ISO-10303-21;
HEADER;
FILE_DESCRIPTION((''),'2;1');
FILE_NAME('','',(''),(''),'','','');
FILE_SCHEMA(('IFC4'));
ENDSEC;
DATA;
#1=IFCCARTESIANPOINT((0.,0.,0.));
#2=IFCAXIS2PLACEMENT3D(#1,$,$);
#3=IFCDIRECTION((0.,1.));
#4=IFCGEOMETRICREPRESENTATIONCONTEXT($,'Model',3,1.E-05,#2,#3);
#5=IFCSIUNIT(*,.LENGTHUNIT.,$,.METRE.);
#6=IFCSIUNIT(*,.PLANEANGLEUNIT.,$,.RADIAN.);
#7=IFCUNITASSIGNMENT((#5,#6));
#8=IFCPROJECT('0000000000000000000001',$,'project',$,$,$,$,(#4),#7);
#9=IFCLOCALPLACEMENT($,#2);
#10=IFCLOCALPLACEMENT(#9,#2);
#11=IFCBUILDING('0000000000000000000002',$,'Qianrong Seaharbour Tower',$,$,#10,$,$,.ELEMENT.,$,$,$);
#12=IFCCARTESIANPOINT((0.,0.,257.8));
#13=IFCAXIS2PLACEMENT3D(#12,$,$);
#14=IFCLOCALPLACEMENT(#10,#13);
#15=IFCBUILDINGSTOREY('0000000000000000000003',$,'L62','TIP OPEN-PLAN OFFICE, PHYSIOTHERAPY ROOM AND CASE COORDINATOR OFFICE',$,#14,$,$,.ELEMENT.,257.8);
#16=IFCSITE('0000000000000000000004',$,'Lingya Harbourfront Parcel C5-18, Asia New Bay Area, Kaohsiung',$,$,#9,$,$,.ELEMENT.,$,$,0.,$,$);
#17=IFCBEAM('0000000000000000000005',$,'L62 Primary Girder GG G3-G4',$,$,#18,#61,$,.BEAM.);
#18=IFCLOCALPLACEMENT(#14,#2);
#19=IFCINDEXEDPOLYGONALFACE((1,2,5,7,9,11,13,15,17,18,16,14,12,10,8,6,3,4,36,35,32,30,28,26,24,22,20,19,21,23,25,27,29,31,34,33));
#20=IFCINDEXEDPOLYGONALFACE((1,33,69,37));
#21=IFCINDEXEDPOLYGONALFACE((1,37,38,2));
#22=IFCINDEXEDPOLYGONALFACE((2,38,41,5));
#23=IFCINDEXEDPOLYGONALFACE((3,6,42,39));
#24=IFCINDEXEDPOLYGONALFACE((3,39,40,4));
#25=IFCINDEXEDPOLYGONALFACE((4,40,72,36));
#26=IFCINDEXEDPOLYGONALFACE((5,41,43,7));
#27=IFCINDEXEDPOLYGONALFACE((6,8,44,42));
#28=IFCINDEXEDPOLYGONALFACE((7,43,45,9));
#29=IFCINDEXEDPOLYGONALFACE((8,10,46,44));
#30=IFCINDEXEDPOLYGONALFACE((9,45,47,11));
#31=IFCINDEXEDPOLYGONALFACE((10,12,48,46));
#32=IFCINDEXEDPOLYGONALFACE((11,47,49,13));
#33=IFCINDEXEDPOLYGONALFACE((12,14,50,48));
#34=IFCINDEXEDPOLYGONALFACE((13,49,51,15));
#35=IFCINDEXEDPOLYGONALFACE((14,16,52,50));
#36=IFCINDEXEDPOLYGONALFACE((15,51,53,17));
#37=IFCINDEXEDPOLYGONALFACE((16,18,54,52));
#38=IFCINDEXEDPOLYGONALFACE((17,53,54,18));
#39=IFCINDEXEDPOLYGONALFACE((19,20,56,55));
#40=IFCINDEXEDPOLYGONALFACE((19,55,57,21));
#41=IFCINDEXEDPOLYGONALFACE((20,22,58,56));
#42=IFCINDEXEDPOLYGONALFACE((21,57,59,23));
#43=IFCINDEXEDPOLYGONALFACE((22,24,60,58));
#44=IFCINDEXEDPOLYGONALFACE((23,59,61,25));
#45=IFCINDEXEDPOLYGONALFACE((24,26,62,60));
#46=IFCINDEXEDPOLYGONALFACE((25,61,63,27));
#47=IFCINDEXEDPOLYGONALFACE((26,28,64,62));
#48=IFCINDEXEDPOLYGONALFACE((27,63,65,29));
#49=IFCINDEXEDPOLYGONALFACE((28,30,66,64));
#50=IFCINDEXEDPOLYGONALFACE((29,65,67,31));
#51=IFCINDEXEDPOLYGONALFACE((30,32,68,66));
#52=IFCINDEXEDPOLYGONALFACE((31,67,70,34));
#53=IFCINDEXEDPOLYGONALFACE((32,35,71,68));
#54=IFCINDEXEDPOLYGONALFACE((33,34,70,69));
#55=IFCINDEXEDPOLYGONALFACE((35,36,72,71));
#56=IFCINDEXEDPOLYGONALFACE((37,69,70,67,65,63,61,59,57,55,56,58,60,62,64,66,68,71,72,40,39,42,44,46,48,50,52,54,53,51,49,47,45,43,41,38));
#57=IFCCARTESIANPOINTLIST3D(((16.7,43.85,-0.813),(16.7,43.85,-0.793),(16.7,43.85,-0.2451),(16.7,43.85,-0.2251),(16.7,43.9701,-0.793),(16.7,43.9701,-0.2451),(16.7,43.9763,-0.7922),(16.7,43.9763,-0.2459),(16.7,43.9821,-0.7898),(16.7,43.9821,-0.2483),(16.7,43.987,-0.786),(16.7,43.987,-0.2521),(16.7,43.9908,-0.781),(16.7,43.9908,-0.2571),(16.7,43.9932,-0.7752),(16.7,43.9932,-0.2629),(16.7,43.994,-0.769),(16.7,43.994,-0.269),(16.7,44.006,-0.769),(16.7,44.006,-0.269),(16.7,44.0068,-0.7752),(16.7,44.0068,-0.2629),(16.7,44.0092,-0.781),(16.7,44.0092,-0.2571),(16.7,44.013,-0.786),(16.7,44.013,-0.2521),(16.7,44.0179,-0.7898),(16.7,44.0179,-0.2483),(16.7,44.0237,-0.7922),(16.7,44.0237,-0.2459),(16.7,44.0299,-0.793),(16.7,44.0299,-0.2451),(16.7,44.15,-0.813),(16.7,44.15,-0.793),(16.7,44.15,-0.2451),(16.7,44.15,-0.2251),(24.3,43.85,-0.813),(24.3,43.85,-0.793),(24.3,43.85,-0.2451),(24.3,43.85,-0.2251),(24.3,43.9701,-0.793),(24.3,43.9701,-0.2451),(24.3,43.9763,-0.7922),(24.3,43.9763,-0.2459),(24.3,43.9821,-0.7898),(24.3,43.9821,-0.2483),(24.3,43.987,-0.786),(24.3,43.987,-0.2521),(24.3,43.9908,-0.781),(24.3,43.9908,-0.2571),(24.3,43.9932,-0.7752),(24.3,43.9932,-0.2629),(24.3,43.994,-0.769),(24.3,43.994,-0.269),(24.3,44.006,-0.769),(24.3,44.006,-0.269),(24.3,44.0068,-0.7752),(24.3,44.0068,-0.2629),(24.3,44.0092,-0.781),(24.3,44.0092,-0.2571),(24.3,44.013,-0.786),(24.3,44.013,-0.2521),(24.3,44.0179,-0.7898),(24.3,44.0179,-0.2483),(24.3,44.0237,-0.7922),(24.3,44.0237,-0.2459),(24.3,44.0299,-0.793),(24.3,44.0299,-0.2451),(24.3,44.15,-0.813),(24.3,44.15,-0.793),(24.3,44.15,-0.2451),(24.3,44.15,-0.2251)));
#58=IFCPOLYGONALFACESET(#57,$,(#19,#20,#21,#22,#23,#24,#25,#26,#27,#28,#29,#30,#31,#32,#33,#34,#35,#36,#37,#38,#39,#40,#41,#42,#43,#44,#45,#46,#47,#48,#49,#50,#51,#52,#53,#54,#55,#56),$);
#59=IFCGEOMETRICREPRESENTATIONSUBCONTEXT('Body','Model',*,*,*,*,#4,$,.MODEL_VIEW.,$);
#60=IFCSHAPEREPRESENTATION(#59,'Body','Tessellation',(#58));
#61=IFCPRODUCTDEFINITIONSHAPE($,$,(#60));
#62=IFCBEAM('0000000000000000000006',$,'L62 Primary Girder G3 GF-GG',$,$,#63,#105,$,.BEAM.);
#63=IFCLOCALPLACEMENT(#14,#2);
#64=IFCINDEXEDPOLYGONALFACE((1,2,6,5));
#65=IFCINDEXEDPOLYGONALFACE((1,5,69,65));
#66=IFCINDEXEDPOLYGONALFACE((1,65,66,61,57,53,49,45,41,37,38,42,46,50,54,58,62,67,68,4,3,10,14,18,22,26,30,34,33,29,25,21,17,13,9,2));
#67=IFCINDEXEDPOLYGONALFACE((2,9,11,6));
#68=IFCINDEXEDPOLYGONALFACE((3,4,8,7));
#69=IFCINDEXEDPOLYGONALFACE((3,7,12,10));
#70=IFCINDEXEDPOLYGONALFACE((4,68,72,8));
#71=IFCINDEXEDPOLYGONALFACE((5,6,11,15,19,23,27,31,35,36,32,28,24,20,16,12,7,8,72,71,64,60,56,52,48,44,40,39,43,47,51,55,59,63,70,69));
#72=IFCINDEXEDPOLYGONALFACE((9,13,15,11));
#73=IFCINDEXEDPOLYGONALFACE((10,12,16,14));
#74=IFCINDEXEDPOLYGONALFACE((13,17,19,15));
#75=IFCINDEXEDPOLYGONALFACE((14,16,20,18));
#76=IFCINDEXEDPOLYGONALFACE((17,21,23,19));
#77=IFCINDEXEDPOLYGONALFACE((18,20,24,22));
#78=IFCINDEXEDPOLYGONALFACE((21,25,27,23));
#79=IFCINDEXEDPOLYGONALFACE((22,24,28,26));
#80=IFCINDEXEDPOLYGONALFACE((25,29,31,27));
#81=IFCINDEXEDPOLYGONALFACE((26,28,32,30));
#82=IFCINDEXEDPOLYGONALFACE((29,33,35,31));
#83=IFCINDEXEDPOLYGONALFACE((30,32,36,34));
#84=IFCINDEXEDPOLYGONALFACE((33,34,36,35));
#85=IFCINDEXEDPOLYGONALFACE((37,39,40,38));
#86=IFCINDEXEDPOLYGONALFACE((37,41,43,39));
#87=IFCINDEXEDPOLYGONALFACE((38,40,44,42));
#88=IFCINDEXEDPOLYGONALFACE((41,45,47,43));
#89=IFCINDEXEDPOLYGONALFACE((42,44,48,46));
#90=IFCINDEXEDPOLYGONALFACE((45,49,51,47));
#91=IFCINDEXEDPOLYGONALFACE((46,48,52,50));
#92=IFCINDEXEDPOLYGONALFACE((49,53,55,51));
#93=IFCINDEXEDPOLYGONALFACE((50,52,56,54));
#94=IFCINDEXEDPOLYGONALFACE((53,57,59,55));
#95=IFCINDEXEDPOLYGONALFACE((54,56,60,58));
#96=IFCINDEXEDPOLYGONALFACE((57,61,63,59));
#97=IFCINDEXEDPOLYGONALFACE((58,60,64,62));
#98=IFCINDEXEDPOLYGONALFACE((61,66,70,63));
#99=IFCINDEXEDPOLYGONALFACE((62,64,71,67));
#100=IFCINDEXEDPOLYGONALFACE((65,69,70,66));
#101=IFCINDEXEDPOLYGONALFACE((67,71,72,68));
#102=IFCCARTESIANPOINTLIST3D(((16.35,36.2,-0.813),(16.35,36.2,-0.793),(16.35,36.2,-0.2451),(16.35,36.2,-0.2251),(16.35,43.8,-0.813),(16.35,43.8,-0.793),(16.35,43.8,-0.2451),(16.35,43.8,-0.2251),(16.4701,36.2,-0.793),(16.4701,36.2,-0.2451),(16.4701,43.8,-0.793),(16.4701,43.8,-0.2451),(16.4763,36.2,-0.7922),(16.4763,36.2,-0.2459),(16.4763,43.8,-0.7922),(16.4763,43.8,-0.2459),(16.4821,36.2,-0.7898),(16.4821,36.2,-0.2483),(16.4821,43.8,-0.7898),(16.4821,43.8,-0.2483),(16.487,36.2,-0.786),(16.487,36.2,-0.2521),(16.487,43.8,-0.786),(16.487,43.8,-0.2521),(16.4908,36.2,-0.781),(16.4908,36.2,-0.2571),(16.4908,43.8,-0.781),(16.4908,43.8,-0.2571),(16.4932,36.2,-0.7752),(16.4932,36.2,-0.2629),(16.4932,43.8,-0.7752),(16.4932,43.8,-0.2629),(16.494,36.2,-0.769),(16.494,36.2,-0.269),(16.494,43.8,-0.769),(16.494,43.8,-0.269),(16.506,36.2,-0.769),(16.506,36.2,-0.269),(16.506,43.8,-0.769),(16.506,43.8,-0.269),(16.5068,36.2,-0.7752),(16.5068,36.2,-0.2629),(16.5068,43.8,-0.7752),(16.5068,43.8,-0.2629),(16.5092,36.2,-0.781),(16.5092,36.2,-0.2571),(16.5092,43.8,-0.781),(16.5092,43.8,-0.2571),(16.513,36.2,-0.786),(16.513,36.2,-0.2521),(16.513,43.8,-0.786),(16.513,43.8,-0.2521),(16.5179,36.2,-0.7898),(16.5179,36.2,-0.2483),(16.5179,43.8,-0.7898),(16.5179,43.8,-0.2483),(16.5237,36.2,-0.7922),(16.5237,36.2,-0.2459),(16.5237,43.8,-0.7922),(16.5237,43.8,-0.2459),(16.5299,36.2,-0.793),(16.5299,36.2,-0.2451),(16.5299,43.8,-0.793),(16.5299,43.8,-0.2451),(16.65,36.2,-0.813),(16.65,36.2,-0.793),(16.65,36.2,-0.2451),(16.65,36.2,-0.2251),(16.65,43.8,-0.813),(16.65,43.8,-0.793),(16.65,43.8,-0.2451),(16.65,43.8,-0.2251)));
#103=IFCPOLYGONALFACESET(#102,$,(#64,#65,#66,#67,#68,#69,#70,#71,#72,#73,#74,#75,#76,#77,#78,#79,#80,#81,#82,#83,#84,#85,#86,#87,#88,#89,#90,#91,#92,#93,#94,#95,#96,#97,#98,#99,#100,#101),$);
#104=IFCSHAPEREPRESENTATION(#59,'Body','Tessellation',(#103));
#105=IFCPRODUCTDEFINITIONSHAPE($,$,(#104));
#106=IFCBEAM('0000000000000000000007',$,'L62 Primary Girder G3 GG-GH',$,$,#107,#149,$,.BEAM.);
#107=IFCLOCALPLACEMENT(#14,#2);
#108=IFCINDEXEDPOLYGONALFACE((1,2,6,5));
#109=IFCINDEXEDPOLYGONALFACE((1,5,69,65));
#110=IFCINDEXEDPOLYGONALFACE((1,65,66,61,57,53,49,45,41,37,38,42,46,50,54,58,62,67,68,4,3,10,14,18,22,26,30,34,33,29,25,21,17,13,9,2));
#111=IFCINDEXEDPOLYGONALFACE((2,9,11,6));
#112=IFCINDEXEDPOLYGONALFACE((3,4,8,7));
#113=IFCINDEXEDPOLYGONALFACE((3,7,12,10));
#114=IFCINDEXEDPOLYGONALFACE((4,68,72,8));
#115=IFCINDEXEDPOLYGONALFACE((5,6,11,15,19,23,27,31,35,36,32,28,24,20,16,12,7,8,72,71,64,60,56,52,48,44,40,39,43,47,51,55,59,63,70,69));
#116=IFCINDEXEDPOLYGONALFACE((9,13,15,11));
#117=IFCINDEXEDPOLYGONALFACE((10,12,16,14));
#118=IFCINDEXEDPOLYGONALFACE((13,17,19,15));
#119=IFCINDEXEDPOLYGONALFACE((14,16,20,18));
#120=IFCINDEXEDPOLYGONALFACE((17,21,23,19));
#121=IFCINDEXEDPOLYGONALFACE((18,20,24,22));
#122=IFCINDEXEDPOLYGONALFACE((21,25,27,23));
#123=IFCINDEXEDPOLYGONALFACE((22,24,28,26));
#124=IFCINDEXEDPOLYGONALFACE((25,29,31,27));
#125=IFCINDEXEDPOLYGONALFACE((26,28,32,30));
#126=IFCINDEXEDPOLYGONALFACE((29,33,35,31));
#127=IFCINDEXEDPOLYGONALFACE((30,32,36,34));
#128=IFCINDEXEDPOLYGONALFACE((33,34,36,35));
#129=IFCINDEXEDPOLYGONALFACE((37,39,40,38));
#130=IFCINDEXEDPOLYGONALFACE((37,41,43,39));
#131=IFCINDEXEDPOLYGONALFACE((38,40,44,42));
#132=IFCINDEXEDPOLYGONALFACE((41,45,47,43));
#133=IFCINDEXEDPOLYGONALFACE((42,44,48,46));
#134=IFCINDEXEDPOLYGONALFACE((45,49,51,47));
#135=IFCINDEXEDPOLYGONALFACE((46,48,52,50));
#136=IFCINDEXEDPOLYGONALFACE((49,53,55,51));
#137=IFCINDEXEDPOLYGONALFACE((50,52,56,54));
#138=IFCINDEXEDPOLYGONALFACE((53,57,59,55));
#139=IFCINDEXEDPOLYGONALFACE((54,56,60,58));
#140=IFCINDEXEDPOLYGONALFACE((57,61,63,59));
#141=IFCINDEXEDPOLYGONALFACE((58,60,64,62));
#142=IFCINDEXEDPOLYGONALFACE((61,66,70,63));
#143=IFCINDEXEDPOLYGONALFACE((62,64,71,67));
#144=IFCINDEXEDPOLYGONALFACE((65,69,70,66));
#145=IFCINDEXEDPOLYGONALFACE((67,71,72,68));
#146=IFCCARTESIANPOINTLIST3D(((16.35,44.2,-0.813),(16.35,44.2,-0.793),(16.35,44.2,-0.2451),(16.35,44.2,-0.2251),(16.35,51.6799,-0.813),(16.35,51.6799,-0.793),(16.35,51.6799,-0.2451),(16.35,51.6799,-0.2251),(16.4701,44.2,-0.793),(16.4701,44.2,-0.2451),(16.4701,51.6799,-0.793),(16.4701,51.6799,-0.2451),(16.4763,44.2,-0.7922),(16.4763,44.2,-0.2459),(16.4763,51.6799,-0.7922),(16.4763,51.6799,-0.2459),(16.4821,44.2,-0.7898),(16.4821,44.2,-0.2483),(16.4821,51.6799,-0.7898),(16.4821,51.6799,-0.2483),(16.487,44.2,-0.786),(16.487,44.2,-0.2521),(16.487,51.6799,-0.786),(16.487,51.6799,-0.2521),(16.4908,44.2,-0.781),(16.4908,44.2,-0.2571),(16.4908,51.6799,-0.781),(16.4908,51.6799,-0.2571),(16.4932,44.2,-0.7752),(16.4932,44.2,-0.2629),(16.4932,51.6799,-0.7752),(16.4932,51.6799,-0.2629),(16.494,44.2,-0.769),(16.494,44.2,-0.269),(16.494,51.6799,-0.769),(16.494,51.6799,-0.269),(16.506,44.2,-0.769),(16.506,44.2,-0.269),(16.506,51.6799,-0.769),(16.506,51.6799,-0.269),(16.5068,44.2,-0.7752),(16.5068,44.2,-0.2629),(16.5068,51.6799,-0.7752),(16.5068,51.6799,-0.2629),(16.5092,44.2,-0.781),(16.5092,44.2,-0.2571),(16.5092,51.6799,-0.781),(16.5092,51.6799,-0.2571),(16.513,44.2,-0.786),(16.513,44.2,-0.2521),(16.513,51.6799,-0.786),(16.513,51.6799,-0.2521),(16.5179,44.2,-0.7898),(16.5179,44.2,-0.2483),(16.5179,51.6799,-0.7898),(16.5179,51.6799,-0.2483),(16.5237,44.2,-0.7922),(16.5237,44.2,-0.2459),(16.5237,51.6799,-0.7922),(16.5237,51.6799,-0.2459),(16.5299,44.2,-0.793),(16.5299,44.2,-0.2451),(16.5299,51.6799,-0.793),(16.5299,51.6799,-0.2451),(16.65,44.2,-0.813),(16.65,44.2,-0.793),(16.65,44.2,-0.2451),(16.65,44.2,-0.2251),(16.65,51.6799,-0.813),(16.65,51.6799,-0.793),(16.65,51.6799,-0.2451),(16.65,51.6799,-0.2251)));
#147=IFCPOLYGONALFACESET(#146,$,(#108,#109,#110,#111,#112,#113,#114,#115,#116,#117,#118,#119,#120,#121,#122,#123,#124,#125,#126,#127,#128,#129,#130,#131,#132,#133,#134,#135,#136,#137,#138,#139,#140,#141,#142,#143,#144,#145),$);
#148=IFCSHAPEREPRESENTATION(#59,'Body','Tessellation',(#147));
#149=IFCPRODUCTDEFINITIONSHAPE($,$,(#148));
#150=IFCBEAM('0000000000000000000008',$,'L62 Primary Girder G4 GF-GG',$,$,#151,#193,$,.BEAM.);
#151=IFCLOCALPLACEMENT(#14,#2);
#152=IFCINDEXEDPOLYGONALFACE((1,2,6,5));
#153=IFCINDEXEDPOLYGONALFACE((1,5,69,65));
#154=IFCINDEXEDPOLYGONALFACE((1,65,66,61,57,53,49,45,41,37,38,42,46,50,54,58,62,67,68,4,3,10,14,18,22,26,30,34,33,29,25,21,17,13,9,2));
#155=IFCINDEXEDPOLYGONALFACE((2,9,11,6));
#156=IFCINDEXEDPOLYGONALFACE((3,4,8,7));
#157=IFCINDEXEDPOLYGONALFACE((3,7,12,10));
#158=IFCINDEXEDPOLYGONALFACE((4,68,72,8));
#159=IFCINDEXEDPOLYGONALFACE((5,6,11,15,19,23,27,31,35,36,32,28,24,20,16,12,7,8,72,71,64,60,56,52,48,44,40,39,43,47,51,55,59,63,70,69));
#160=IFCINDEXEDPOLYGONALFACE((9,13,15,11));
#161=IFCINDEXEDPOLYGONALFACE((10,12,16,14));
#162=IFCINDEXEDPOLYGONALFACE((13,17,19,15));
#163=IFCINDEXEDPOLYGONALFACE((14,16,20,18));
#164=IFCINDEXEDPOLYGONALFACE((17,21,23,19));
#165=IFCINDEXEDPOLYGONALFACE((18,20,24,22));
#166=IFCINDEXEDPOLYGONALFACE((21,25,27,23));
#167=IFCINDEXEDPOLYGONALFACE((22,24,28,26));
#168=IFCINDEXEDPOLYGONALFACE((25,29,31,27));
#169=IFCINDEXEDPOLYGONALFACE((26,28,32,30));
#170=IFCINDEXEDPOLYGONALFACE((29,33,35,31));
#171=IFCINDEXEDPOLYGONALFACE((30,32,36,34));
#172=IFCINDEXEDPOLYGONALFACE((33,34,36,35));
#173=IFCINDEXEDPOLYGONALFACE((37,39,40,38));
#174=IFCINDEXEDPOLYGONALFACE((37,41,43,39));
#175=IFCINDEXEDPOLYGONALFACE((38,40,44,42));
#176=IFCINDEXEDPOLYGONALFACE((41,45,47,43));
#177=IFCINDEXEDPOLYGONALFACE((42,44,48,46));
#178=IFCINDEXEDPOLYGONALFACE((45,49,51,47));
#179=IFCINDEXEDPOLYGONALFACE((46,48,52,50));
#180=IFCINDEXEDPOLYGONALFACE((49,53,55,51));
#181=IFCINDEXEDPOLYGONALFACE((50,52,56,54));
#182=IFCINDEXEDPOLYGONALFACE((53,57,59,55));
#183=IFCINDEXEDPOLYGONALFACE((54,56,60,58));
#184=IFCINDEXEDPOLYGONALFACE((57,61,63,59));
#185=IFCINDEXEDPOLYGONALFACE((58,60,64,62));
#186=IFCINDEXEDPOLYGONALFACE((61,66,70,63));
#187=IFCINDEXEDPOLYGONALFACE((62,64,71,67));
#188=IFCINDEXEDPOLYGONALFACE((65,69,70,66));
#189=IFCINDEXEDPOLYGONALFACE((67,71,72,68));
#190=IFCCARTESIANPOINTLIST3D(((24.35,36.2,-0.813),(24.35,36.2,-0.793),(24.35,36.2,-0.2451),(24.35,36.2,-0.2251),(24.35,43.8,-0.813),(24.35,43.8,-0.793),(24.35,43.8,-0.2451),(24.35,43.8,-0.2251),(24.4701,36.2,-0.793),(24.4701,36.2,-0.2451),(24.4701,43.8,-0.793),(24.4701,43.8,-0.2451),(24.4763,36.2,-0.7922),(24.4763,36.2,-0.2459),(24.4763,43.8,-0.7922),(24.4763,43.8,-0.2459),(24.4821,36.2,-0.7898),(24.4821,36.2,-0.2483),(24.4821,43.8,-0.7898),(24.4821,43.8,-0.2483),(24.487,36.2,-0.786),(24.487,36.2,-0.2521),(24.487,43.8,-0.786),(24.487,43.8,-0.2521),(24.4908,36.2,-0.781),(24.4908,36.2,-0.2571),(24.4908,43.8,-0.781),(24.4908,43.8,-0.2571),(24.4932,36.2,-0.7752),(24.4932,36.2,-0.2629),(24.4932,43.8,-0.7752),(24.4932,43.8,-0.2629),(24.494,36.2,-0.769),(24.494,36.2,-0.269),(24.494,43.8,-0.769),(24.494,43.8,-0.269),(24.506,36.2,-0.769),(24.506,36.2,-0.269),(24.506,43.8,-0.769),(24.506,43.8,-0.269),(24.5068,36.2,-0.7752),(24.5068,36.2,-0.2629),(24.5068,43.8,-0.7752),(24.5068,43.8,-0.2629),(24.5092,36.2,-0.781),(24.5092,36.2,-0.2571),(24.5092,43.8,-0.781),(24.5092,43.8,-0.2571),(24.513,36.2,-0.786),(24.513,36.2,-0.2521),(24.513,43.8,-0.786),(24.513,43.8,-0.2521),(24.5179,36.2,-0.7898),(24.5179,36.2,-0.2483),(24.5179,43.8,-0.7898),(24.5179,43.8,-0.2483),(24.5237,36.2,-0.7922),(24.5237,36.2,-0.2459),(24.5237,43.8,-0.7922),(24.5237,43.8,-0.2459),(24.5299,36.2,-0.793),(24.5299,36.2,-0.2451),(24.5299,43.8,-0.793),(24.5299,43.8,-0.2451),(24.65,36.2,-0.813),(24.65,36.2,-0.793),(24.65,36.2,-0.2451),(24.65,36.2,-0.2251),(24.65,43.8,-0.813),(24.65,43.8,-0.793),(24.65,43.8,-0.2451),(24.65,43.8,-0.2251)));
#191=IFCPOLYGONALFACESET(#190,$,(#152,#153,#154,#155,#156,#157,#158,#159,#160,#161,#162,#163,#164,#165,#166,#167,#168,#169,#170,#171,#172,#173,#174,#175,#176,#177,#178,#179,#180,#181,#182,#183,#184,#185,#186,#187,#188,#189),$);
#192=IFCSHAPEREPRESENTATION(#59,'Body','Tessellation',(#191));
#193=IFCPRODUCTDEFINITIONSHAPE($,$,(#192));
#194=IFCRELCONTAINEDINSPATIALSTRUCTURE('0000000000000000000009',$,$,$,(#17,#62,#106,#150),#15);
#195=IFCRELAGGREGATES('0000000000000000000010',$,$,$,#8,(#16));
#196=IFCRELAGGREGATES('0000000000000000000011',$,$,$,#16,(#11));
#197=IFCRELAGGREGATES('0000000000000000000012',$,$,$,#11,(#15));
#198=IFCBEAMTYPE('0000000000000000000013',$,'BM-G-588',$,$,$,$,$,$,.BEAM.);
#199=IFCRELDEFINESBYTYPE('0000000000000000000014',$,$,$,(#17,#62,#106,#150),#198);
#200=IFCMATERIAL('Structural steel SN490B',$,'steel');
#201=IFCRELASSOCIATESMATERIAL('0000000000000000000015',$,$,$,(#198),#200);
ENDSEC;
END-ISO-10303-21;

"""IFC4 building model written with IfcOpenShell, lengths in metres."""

from ifc_helpers import new_model, si_unit, direction, frame, origin, origin_2d, place, context, subcontext, project, spatial, i_section, extrude, material, material_profile, profile_set, type_object, element, save


model = new_model("IFC4")

# Units and contexts
model_context = context("Model", 3, precision=1e-05, world=origin(), true_north=direction((0.0, 1.0)))
body_context = subcontext(model_context, "Body", "Model", "MODEL_VIEW")
ifc_project = project(units=[si_unit("LENGTHUNIT", "METRE"), si_unit("PLANEANGLEUNIT", "RADIAN")], contexts=[model_context])

# Site, building, storey
site_placement = place(None, origin())
site = spatial("IfcSite", under=ifc_project, at=site_placement, Name="Lingya Harbourfront Parcel C5-18, Asia New Bay Area, Kaohsiung", CompositionType="ELEMENT", RefElevation=0.0)
building_placement = place(site_placement, origin())
building = spatial("IfcBuilding", under=site, at=building_placement, Name="Qianrong Seaharbour Tower", CompositionType="ELEMENT")
storey_placement = place(building_placement, frame((0.0, 0.0, 257.8)))
storey = spatial("IfcBuildingStorey", under=building, at=storey_placement, Name="L62", Description="TIP OPEN-PLAN OFFICE, PHYSIOTHERAPY ROOM AND CASE COORDINATOR OFFICE", CompositionType="ELEMENT", Elevation=257.8)

# Shared definitions
ifc_material_1 = material(Name="Structural steel SN490B", Category="steel")

# Beams
ifc_material_profile_1 = material_profile(ifc_material_1, i_section(OverallWidth=0.3, OverallDepth=0.5879, WebThickness=0.012, FlangeThickness=0.02, FilletRadius=0.0239, at=origin_2d()), Name="H588x300x12x20")
ifc_profile_set_1 = profile_set([ifc_material_profile_1], Name="Structural steel SN490B")
beam_type_1 = type_object("IfcBeamType", Name="BM-G-588", PredefinedType="BEAM", material=ifc_profile_set_1)
for number, where, z_axis, x_axis, name in (
    (1, (16.7, 44.0, -0.519), (1.0, 0.0, 0.0), (0.0, 1.0, 0.0), "L62 Primary Girder GG G3-G4"),
    (2, (16.5, 36.2, -0.519), (0.0, 1.0, 0.0), (-1.0, 0.0, 0.0), "L62 Primary Girder G3 GF-GG"),
):
    element("IfcBeam", number, at=place(storey_placement, frame(where, z_axis=z_axis, x_axis=x_axis)), inside=storey, type_object=beam_type_1, Name=name, PredefinedType="BEAM", context=body_context, shape_type="SweptSolid", body=[
        extrude(i_section(OverallWidth=0.3, OverallDepth=0.5879, WebThickness=0.012, FlangeThickness=0.02, FilletRadius=0.0239, at=origin_2d()), origin(), (0.0, 0.0, 1.0), 7.6001),
    ])
beam_1_placement = place(storey_placement, frame((16.5, 44.2, -0.519), z_axis=(0.0, 1.0, 0.0), x_axis=(-1.0, 0.0, 0.0)))
element("IfcBeam", 3, at=beam_1_placement, inside=storey, type_object=beam_type_1, Name="L62 Primary Girder G3 GG-GH", PredefinedType="BEAM", context=body_context, shape_type="SweptSolid", body=[
    extrude(i_section(OverallWidth=0.3, OverallDepth=0.5879, WebThickness=0.012, FlangeThickness=0.02, FilletRadius=0.0239, at=origin_2d()), origin(), (0.0, 0.0, 1.0), 7.48),
])
beam_2_placement = place(storey_placement, frame((24.5, 36.2, -0.519), z_axis=(0.0, 1.0, 0.0), x_axis=(-1.0, 0.0, 0.0)))
element("IfcBeam", 4, at=beam_2_placement, inside=storey, type_object=beam_type_1, Name="L62 Primary Girder G4 GF-GG", PredefinedType="BEAM", context=body_context, shape_type="SweptSolid", body=[
    extrude(i_section(OverallWidth=0.3, OverallDepth=0.5879, WebThickness=0.012, FlangeThickness=0.02, FilletRadius=0.0239, at=origin_2d()), origin(), (0.0, 0.0, 1.0), 7.6001),
])

save(model, "model.ifc")
